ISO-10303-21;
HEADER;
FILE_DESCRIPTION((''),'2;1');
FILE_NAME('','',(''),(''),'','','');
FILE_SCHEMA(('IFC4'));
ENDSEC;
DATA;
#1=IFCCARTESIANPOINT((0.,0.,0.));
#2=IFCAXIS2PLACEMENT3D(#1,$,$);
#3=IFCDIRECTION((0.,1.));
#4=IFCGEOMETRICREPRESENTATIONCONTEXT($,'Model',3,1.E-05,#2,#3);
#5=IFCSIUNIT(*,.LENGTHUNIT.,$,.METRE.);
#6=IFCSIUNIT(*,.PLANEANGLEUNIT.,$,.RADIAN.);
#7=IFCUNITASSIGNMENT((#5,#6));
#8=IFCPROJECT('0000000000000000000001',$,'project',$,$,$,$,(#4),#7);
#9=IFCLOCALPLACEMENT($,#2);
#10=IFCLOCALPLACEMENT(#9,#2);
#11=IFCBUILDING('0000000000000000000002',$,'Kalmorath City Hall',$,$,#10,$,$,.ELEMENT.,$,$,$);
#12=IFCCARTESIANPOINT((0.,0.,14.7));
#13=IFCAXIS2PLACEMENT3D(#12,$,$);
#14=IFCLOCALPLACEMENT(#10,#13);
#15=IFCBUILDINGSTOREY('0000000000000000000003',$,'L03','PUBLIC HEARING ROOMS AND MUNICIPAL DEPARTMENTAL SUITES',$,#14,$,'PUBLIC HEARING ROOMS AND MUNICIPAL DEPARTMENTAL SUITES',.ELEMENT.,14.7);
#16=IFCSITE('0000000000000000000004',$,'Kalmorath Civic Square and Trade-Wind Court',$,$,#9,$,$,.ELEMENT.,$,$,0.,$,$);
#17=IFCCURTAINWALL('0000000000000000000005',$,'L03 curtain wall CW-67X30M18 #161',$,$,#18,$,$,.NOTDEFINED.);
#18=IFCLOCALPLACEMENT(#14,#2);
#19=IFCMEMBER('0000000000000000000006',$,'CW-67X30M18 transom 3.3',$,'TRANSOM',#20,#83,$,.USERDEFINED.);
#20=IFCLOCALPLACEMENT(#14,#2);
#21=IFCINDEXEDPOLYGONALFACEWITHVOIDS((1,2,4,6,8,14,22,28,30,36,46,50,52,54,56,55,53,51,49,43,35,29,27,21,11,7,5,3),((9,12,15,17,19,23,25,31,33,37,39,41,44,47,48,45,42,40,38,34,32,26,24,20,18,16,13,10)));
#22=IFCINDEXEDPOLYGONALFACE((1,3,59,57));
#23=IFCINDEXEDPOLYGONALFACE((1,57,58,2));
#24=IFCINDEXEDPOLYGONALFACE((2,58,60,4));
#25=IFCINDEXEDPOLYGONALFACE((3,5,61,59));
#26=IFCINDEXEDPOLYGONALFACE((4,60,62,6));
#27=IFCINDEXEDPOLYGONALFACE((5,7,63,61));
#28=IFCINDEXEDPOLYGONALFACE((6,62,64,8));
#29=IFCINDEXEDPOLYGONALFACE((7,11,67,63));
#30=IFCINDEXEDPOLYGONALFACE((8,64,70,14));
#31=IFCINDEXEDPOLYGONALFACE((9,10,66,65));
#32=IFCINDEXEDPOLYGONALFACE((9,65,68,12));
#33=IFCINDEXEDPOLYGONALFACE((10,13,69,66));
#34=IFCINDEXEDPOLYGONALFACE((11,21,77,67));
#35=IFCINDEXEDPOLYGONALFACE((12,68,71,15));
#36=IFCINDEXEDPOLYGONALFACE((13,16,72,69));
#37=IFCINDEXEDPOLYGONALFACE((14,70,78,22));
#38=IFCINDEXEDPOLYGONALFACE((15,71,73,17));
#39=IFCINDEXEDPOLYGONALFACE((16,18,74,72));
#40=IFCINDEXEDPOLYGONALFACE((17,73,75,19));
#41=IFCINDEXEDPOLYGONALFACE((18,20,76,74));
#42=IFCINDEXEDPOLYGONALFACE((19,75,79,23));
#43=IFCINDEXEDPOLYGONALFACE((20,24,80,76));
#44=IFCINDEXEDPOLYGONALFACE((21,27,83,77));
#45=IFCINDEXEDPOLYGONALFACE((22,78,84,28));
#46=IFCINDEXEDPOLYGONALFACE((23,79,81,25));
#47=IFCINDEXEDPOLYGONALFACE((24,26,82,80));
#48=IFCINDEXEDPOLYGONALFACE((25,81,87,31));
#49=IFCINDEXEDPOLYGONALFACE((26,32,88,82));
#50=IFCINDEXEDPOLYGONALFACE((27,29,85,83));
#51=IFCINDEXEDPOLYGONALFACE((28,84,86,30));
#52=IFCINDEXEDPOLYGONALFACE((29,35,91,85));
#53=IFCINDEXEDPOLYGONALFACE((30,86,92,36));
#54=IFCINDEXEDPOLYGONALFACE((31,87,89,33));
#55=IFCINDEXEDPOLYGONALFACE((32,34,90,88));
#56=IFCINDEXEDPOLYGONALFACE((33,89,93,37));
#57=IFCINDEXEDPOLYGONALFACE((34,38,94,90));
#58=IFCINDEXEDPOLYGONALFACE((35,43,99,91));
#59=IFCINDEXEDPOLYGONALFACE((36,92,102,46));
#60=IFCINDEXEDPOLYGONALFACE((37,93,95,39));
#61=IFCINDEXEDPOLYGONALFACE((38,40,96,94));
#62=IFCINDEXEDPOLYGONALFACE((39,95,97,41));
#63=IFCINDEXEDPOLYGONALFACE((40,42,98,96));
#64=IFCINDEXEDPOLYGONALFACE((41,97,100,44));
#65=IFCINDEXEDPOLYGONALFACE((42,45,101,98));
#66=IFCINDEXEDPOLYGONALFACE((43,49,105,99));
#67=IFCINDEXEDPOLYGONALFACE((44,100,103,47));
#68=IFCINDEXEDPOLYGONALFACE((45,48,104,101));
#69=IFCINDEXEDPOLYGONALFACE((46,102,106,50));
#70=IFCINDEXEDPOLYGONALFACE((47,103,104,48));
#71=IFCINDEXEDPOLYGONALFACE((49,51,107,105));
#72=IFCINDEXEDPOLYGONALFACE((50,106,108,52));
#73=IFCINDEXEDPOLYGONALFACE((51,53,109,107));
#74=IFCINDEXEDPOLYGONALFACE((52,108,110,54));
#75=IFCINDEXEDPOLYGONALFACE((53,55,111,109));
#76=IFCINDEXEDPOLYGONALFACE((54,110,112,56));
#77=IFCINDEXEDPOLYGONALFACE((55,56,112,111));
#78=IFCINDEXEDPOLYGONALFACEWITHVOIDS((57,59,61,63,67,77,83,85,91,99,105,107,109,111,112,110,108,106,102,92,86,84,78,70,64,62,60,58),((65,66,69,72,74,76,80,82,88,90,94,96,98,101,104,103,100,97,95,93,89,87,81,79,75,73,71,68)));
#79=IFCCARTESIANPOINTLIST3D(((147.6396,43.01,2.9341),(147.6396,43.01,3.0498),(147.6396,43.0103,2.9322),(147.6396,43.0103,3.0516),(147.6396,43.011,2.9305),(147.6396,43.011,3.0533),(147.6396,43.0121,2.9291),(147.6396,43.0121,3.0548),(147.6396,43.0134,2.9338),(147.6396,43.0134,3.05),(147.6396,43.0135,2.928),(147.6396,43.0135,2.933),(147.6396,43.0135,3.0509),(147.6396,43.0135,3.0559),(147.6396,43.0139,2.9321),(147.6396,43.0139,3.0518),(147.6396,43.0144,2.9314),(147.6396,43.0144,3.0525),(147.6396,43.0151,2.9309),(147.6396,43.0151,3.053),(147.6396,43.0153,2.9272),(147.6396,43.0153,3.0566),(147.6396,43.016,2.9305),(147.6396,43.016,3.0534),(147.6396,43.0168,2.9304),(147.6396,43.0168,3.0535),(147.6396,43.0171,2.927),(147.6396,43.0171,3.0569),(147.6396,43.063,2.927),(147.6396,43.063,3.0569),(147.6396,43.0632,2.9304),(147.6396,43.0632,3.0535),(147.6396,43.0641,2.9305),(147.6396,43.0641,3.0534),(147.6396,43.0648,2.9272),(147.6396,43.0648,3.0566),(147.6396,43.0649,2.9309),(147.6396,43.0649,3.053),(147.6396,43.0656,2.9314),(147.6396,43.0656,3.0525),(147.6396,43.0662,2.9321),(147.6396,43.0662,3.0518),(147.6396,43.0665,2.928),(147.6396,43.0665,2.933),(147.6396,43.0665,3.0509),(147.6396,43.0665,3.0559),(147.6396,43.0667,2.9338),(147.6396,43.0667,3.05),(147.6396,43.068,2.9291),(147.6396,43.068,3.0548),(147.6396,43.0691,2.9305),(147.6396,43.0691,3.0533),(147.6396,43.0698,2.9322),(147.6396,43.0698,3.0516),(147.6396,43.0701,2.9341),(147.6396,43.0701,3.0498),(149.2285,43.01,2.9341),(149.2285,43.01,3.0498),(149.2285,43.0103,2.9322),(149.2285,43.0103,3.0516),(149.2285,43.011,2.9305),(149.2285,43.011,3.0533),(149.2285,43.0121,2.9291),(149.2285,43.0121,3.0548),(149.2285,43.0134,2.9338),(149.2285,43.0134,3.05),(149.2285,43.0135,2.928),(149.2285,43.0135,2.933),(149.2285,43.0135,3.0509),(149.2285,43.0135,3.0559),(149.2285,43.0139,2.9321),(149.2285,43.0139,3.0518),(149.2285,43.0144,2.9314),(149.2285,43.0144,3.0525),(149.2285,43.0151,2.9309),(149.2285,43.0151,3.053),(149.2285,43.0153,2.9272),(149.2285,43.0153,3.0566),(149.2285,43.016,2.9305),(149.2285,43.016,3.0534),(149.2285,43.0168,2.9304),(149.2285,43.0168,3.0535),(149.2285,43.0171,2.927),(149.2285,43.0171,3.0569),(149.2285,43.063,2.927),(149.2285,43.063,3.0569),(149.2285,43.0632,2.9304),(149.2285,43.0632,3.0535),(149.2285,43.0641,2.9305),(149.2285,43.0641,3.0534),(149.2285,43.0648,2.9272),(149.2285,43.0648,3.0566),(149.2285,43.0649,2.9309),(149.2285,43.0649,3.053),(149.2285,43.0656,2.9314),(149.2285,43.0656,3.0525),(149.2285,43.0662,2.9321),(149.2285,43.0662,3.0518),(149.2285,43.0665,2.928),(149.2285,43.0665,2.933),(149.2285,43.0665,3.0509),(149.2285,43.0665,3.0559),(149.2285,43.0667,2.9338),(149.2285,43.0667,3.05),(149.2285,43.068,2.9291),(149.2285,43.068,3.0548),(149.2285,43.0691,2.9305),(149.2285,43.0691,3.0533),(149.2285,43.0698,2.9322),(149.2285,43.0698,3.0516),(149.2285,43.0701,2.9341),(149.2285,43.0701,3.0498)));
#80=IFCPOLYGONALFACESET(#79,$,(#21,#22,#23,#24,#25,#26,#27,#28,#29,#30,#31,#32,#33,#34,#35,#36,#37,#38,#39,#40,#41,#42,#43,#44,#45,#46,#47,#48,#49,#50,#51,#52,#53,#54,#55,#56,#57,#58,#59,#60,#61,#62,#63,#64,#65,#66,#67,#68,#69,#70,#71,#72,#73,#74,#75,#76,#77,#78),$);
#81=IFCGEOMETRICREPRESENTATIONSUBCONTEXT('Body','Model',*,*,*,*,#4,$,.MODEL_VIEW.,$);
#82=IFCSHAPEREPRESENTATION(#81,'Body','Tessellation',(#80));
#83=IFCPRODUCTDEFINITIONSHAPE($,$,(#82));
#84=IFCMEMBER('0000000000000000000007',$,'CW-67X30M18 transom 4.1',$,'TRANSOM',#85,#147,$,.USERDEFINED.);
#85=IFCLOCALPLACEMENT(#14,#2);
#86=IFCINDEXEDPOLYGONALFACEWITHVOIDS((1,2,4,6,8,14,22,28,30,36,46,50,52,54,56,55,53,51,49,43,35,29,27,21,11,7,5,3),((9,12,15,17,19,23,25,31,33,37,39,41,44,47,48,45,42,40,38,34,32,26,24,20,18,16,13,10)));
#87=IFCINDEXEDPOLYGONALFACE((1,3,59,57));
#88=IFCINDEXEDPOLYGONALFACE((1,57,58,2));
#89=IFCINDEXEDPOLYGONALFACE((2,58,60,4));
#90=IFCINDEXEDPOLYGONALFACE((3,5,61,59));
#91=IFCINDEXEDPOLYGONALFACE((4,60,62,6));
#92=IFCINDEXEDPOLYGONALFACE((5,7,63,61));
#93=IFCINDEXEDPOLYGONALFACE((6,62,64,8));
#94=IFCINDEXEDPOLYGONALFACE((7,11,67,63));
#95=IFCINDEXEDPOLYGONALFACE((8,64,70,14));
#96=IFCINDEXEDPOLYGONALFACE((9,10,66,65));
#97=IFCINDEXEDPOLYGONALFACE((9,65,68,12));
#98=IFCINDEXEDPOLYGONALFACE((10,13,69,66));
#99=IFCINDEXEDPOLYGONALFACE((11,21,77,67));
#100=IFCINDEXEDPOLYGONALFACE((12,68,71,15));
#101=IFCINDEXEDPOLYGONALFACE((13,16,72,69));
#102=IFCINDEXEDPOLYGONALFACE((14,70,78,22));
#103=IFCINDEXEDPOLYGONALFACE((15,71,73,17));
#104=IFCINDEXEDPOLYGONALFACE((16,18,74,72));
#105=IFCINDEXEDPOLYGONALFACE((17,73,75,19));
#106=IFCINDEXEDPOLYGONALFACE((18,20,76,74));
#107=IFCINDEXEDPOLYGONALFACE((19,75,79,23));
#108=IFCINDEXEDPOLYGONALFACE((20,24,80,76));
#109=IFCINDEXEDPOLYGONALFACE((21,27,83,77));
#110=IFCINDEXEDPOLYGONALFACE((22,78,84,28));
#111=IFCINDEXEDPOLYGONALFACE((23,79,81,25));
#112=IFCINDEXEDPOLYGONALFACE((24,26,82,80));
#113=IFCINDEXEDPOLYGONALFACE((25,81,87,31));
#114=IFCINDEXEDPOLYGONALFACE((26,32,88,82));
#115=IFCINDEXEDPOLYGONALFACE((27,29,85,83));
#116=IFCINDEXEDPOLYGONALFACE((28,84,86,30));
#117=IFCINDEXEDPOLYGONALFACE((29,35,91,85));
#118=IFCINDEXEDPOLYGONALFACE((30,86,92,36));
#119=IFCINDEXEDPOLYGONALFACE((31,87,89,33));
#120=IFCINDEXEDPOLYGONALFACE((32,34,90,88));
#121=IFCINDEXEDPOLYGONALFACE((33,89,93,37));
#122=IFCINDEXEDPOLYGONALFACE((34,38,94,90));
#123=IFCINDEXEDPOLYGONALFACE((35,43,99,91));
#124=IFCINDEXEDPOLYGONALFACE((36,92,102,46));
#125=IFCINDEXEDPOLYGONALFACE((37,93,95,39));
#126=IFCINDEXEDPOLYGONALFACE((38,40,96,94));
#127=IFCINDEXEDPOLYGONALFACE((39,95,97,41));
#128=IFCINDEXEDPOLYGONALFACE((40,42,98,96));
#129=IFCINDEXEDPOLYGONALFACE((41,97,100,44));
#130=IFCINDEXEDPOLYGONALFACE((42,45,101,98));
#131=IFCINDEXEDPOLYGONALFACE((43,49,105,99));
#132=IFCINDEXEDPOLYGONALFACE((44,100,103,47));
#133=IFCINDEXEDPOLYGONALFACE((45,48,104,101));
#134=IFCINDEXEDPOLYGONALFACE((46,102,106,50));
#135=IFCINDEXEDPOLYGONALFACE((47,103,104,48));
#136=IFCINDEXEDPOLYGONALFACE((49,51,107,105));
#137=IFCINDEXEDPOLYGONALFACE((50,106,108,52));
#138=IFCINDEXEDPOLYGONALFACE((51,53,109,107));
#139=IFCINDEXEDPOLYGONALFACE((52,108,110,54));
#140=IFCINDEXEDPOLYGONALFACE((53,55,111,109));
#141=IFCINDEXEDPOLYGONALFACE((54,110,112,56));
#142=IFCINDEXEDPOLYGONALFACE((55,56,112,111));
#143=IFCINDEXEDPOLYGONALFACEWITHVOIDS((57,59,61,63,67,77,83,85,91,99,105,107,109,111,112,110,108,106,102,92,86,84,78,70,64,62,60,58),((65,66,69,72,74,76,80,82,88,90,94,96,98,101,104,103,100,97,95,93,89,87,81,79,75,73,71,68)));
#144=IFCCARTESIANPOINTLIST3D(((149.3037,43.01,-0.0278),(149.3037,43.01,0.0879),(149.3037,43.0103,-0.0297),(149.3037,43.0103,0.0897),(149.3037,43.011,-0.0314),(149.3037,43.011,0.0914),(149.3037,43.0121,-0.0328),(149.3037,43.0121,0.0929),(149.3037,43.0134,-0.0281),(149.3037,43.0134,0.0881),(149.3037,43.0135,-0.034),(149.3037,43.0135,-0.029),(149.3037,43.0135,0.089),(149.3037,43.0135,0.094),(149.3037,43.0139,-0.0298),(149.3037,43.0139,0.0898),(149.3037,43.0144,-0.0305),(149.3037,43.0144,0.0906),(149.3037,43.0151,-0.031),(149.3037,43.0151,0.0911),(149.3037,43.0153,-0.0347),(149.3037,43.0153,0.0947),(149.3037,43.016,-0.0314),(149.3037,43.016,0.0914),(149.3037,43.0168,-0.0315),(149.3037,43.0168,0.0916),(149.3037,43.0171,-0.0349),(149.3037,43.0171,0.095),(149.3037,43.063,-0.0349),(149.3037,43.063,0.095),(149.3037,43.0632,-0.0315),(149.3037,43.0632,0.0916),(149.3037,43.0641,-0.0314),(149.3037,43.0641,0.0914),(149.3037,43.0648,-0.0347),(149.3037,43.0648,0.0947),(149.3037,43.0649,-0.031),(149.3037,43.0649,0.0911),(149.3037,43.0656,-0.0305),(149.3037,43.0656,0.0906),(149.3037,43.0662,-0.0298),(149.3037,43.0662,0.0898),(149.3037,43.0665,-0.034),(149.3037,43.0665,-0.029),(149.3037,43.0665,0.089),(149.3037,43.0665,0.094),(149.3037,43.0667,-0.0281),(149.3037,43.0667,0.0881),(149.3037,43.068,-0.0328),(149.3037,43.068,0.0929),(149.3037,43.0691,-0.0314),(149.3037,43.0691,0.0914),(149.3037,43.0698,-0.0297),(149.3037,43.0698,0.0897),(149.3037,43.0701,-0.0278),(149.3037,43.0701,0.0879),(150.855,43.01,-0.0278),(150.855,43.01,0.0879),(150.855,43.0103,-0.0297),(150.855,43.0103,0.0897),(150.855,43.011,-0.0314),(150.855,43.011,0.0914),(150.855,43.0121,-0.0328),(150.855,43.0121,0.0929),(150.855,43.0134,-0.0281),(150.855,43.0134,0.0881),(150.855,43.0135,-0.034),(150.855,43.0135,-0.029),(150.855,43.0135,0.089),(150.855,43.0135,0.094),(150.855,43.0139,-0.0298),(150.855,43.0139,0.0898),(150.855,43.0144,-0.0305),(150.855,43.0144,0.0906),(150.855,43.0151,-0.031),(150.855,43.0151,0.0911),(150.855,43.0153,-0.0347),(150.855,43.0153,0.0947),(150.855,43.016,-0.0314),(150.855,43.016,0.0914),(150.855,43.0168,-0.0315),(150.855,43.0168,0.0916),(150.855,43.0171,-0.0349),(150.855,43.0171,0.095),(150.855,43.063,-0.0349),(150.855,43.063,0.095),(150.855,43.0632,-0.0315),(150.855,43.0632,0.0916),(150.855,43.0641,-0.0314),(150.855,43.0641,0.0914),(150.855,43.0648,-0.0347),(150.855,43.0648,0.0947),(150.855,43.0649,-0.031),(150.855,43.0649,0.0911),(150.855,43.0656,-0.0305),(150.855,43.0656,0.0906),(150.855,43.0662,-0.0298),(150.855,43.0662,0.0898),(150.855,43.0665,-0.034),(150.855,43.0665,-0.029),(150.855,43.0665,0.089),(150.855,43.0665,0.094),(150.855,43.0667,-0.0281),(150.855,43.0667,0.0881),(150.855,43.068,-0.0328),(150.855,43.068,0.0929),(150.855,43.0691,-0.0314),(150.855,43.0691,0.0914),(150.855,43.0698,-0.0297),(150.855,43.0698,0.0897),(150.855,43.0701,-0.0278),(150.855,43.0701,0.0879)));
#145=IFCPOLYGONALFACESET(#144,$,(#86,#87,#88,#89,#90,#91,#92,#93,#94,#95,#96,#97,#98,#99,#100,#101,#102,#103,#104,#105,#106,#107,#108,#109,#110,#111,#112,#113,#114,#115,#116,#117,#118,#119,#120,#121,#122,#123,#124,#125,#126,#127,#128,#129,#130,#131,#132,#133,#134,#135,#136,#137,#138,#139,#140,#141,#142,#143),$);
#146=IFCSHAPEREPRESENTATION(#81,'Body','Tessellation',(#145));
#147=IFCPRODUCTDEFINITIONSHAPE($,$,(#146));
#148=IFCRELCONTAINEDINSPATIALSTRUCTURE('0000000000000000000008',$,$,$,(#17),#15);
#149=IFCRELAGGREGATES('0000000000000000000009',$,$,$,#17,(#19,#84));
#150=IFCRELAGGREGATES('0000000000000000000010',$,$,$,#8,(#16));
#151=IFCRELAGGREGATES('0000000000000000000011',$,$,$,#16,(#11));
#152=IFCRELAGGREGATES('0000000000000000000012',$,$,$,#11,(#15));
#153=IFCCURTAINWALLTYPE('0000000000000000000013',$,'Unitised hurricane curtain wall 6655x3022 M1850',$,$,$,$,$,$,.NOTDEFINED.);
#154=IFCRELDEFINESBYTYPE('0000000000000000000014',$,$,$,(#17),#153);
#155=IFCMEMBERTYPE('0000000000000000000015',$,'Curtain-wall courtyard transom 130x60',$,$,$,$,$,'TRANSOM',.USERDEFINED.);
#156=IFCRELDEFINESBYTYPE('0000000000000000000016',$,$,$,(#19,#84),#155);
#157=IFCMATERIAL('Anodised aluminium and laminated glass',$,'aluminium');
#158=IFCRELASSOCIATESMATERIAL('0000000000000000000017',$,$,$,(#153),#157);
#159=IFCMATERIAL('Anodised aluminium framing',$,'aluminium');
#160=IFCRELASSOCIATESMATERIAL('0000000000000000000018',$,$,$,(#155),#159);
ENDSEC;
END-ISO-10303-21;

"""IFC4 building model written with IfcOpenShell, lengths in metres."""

from ifc_helpers import new_model, si_unit, direction, frame, origin, origin_2d, place, context, subcontext, project, spatial, hollow_rectangle, extrude, material, material_profile, profile_set, type_object, element, aggregate, save


model = new_model("IFC4")

# Units and contexts
model_context = context("Model", 3, precision=1e-05, world=origin(), true_north=direction((0.0, 1.0)))
body_context = subcontext(model_context, "Body", "Model", "MODEL_VIEW")
ifc_project = project(units=[si_unit("LENGTHUNIT", "METRE"), si_unit("PLANEANGLEUNIT", "RADIAN")], contexts=[model_context])

# Site, building, storey
site_placement = place(None, origin())
site = spatial("IfcSite", under=ifc_project, at=site_placement, Name="Kalmorath Civic Square and Trade-Wind Court", CompositionType="ELEMENT", RefElevation=0.0)
building_placement = place(site_placement, origin())
building = spatial("IfcBuilding", under=site, at=building_placement, Name="Kalmorath City Hall", CompositionType="ELEMENT")
storey_placement = place(building_placement, frame((0.0, 0.0, 14.7)))
storey = spatial("IfcBuildingStorey", under=building, at=storey_placement, Name="L03", Description="PUBLIC HEARING ROOMS AND MUNICIPAL DEPARTMENTAL SUITES", LongName="PUBLIC HEARING ROOMS AND MUNICIPAL DEPARTMENTAL SUITES", CompositionType="ELEMENT", Elevation=14.7)

# Curtain wall, members
ifc_material_1 = material(Name="Anodised aluminium and laminated glass", Category="aluminium")
curtain_wall_type = type_object("IfcCurtainWallType", Name="Unitised hurricane curtain wall 6655x3022 M1850", PredefinedType="NOTDEFINED", material=ifc_material_1)
curtain_wall_placement = place(storey_placement, origin())
curtain_wall = element("IfcCurtainWall", 1, at=curtain_wall_placement, inside=storey, type_object=curtain_wall_type, Name="L03 curtain wall CW-67X30M18 #161", PredefinedType="NOTDEFINED")
ifc_material_2 = material(Name="Anodised aluminium framing", Category="aluminium")
ifc_material_profile_1 = material_profile(ifc_material_2, hollow_rectangle(XDim=0.0601, YDim=0.1299, WallThickness=0.0034, InnerFilletRadius=0.0034, OuterFilletRadius=0.0071, at=origin_2d()), Name="ALU-TRN-130X60X3.5")
ifc_profile_set_1 = profile_set([ifc_material_profile_1], Name="Anodised aluminium framing")
member_type_1 = type_object("IfcMemberType", Name="Curtain-wall courtyard transom 130x60", ElementType="TRANSOM", PredefinedType="USERDEFINED", material=ifc_profile_set_1)
member_1_placement = place(storey_placement, frame((147.6396, 43.04, 2.9919), z_axis=(1.0, 0.0, 0.0), x_axis=(0.0, 1.0, 0.0)))
member_1 = element("IfcMember", 2, at=member_1_placement, type_object=member_type_1, Name="CW-67X30M18 transom 3.3", ObjectType="TRANSOM", PredefinedType="USERDEFINED", context=body_context, shape_type="SweptSolid", body=[
    extrude(hollow_rectangle(XDim=0.0601, YDim=0.1299, WallThickness=0.0034, InnerFilletRadius=0.0034, OuterFilletRadius=0.0071, at=origin_2d()), origin(), (0.0, 0.0, 1.0), 1.5889),
])
member_2_placement = place(storey_placement, frame((149.3037, 43.04, 0.03), z_axis=(1.0, 0.0, 0.0), x_axis=(0.0, 1.0, 0.0)))
member_2 = element("IfcMember", 3, at=member_2_placement, type_object=member_type_1, Name="CW-67X30M18 transom 4.1", ObjectType="TRANSOM", PredefinedType="USERDEFINED", context=body_context, shape_type="SweptSolid", body=[
    extrude(hollow_rectangle(XDim=0.0601, YDim=0.1299, WallThickness=0.0034, InnerFilletRadius=0.0034, OuterFilletRadius=0.0071, at=origin_2d()), origin(), (0.0, 0.0, 1.0), 1.5513),
])
aggregate(curtain_wall, [member_1, member_2])

save(model, "model.ifc")
